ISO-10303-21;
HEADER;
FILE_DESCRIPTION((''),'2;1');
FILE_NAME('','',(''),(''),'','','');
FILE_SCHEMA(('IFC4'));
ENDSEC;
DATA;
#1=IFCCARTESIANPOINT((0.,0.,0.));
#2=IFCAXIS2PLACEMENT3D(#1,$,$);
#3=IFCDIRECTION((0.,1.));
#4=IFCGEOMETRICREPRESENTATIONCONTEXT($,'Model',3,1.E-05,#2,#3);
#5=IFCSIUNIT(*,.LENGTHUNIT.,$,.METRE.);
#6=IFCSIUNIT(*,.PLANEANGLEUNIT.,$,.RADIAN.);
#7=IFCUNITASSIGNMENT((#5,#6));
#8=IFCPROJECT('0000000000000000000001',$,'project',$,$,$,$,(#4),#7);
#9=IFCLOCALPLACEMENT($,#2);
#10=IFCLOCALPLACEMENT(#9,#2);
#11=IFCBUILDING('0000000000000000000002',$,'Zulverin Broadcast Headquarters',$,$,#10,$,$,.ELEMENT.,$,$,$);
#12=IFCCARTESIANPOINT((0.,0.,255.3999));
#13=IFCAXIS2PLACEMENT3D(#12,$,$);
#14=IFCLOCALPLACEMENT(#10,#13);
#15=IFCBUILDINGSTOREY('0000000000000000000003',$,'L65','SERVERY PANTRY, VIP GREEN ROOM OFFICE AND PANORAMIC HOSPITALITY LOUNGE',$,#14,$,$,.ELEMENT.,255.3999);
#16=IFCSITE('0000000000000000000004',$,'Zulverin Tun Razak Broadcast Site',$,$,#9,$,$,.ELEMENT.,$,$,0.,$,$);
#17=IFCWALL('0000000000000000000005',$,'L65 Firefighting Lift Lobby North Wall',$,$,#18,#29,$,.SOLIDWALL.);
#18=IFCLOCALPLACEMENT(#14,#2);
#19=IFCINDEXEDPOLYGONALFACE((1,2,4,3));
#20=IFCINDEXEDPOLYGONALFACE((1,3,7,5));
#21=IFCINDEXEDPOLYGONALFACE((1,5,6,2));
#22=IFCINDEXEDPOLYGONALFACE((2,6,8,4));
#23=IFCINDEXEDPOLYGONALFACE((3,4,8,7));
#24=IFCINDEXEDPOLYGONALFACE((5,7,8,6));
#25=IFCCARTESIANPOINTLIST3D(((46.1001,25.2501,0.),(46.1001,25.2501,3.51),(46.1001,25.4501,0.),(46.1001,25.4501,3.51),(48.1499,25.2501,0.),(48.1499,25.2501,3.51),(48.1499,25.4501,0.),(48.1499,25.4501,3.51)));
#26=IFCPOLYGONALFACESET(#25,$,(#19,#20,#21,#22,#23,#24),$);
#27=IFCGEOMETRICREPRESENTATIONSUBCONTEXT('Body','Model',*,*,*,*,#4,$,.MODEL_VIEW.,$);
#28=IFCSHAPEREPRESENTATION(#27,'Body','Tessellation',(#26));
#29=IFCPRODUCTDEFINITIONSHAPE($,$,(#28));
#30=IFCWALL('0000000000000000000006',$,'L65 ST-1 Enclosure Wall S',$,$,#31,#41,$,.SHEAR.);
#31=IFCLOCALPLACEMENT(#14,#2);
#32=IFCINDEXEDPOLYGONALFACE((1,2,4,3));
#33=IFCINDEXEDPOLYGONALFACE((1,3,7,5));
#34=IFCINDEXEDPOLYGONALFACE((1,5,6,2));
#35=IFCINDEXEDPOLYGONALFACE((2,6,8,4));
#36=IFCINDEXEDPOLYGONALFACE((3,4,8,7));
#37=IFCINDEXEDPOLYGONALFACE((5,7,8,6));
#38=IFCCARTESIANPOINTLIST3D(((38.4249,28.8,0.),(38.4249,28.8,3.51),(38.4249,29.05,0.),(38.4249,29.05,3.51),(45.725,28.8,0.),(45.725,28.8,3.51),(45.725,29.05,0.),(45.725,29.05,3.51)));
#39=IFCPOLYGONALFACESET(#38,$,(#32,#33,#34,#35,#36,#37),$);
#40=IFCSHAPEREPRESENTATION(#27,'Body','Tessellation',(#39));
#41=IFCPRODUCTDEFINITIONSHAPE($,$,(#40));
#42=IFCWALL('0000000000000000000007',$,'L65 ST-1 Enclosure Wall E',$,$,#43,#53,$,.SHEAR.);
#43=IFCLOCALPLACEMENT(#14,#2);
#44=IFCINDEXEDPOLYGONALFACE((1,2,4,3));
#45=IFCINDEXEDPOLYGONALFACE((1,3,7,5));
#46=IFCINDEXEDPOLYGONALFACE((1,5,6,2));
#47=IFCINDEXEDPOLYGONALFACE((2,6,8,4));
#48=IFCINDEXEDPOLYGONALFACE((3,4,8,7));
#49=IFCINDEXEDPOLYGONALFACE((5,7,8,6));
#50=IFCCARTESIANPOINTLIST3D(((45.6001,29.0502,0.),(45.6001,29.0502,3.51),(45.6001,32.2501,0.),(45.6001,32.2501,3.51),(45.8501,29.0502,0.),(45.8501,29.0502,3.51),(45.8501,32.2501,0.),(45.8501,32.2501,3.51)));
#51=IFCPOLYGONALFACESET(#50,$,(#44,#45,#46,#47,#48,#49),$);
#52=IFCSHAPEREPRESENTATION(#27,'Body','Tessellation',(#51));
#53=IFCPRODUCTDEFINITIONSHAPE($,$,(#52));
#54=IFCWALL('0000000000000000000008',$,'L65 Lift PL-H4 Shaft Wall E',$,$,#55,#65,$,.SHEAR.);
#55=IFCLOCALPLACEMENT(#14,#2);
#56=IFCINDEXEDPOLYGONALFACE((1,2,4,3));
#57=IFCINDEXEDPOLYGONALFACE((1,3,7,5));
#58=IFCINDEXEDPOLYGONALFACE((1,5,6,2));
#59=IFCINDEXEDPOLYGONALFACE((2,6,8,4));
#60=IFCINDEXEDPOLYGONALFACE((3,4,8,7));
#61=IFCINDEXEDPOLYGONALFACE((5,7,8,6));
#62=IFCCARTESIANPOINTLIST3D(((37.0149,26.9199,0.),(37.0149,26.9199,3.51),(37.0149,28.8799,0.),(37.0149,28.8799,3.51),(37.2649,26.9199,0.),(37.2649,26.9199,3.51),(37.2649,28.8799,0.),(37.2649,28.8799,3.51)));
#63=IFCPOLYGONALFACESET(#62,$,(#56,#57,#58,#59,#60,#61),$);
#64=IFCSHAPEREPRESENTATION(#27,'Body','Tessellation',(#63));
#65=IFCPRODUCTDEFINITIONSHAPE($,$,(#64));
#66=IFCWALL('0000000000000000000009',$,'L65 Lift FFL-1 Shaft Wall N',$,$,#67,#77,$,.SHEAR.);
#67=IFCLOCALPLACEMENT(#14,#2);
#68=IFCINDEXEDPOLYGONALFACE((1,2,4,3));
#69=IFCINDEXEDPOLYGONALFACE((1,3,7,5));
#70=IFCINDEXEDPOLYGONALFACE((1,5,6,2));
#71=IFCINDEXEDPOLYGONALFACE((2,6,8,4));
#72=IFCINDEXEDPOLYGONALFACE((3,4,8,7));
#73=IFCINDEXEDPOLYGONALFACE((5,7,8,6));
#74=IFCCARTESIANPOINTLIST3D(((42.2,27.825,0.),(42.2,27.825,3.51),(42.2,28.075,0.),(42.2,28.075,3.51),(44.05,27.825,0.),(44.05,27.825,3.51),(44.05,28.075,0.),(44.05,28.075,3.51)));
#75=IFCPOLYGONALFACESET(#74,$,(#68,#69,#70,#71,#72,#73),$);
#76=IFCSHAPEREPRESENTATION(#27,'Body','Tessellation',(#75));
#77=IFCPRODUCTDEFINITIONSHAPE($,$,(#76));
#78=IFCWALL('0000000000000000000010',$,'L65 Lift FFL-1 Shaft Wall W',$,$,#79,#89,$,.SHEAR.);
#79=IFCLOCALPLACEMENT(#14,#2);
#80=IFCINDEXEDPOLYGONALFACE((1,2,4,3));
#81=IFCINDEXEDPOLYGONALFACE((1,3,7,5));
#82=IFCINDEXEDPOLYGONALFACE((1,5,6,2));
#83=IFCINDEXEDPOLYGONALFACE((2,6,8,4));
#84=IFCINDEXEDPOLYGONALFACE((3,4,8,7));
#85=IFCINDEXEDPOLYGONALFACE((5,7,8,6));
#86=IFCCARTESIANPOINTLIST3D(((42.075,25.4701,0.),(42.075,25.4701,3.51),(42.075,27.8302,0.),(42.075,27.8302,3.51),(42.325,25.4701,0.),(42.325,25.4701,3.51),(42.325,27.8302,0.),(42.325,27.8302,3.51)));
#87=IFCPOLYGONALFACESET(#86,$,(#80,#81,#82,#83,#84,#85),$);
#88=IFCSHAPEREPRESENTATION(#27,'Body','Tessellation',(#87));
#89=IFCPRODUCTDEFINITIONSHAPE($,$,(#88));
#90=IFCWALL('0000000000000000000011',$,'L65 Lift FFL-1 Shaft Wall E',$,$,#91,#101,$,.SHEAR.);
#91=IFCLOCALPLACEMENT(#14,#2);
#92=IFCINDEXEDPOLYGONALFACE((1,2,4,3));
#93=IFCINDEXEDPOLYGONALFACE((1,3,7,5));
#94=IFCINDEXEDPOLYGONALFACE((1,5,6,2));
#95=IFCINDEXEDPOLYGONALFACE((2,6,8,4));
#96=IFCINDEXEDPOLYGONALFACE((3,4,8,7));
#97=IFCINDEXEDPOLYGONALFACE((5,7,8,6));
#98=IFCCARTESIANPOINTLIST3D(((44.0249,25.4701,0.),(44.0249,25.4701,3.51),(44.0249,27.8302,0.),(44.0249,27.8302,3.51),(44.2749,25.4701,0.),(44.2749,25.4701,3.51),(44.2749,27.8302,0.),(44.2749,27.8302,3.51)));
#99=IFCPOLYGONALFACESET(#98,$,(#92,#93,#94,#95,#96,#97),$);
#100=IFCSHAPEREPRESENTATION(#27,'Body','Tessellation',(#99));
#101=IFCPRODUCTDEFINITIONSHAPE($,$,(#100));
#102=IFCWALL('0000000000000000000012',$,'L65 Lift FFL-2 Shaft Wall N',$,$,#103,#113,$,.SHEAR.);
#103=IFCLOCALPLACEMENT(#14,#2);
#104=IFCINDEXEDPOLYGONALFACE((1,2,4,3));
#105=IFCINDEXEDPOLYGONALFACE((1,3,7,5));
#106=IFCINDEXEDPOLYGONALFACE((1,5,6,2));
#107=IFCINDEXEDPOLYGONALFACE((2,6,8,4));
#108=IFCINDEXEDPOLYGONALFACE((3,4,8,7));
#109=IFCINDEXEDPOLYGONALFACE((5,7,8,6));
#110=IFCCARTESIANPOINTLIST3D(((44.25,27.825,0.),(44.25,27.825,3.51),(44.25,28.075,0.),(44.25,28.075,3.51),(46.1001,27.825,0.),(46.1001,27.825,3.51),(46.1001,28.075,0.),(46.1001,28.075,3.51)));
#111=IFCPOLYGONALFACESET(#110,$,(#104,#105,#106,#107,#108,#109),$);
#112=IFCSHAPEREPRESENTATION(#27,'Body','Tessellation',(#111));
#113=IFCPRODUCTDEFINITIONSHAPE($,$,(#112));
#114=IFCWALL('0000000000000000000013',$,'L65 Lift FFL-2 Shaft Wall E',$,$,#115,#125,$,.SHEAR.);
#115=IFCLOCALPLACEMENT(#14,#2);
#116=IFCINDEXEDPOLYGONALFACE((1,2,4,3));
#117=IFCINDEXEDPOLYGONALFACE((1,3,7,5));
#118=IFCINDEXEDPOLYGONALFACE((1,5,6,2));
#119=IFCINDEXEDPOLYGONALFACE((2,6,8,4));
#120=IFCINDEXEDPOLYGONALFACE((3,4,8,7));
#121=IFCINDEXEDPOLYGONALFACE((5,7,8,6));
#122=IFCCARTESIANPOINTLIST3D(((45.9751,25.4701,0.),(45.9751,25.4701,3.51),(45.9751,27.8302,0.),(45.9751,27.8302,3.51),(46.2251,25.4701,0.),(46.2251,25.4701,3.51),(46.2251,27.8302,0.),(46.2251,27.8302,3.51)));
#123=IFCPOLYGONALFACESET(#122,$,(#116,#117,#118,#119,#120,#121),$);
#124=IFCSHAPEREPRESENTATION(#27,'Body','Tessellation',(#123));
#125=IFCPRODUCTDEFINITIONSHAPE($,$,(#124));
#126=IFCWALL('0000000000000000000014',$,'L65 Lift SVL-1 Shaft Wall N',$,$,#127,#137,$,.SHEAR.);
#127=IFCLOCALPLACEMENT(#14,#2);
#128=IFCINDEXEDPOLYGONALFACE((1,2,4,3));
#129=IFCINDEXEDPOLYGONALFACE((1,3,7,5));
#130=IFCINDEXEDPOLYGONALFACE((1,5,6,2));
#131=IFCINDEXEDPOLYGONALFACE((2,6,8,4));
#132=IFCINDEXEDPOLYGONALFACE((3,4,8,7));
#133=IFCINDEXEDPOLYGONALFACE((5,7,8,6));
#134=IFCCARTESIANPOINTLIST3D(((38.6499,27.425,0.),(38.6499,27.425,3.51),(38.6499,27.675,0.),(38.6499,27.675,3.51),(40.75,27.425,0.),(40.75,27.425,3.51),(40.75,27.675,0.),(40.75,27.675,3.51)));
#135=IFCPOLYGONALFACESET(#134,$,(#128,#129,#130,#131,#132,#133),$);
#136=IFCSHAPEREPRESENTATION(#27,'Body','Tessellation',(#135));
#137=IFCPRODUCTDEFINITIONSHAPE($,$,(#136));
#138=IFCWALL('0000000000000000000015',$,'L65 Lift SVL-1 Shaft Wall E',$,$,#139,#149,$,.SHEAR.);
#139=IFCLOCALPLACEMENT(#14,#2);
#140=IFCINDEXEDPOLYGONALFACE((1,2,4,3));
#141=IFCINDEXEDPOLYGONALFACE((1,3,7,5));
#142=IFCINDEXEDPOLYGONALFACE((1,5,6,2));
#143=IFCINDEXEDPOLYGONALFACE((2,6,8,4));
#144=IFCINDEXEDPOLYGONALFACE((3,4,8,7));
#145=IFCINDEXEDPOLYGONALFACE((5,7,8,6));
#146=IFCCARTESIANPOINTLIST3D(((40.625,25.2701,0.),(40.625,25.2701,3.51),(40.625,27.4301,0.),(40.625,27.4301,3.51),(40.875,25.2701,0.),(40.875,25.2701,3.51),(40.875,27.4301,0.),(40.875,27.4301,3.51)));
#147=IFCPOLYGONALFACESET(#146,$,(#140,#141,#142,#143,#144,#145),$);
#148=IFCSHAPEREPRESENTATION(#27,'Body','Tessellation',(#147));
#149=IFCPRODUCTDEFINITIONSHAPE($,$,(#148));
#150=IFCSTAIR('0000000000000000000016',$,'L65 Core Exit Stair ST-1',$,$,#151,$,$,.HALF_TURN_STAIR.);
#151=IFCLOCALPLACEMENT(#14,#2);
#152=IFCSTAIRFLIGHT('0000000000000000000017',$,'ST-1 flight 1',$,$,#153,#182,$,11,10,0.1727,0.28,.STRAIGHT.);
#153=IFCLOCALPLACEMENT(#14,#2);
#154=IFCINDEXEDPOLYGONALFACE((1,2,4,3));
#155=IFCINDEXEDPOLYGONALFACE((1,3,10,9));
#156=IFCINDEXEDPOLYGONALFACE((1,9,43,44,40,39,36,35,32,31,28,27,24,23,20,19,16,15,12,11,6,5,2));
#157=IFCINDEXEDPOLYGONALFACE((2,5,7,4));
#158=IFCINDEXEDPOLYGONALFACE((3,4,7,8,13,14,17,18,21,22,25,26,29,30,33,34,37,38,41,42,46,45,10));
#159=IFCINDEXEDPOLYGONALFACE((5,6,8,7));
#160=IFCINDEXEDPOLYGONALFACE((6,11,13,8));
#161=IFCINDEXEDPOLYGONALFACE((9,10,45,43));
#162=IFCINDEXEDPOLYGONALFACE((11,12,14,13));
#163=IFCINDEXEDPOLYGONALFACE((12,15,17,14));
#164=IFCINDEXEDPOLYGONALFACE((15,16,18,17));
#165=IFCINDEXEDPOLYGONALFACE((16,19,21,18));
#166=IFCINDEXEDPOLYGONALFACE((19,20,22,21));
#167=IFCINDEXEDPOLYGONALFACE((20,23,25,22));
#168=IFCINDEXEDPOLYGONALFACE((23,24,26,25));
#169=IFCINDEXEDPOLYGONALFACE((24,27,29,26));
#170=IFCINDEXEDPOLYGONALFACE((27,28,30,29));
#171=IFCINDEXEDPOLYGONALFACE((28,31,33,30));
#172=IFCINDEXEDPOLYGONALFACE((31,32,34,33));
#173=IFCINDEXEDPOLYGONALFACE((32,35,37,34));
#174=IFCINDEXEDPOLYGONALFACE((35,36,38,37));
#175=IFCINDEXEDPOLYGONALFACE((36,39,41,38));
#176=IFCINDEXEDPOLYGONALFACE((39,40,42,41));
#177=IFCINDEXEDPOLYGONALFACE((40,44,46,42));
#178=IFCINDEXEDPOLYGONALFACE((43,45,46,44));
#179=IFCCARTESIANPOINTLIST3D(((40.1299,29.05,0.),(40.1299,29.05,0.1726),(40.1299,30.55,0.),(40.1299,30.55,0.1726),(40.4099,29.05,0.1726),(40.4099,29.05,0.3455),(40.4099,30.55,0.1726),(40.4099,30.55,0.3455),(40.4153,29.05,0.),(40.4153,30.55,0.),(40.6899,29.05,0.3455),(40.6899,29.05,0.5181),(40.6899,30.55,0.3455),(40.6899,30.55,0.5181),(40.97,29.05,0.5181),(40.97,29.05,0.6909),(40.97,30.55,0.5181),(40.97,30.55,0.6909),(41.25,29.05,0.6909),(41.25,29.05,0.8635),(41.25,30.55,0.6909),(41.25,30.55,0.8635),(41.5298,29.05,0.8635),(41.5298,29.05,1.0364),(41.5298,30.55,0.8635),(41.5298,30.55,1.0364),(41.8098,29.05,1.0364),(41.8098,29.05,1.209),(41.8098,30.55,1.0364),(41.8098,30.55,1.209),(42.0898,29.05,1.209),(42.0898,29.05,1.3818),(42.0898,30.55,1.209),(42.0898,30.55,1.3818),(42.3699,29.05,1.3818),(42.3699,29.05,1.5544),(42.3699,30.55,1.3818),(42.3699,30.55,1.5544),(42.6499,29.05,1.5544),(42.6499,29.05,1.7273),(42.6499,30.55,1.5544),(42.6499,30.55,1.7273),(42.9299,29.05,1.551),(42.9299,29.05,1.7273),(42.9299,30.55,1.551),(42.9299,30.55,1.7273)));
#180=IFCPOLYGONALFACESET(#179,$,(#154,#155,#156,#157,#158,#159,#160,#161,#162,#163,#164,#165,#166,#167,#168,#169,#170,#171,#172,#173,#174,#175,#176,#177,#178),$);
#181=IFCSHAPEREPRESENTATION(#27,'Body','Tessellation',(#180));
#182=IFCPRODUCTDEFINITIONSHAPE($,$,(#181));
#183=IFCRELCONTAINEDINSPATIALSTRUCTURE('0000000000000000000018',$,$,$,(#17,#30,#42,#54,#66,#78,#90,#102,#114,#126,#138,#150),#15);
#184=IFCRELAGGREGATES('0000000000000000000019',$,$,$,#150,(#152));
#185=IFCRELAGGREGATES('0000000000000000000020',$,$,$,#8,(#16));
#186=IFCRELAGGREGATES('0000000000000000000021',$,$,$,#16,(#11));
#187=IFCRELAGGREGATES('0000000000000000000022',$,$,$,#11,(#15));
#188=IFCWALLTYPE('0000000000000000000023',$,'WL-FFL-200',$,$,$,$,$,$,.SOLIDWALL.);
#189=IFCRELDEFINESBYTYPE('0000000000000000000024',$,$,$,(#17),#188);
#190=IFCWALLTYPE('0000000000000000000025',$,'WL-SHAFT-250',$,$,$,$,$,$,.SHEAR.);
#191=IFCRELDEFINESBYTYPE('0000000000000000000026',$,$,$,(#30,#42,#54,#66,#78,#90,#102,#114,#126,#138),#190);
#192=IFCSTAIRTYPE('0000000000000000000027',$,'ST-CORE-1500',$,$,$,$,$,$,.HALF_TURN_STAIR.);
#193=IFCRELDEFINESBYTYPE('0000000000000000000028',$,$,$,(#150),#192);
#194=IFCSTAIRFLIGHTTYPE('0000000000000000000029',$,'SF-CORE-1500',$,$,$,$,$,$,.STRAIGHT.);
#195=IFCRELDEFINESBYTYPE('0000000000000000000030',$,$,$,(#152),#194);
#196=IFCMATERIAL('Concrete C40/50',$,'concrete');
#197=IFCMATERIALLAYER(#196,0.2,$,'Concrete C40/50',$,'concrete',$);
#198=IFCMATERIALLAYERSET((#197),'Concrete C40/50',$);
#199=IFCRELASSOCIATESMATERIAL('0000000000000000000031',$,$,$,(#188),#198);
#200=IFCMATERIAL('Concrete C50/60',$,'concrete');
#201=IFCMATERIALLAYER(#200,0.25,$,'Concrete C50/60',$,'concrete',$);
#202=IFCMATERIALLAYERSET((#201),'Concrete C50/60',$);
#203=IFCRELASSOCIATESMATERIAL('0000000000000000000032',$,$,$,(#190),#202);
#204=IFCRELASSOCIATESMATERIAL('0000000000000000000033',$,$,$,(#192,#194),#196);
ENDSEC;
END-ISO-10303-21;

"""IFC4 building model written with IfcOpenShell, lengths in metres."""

from ifc_helpers import new_model, si_unit, direction, frame, frame_2d, origin, place, context, subcontext, project, spatial, polyline, rectangle, outline, extrude, material, layer, layer_set, type_object, element, aggregate, save


model = new_model("IFC4")

# Units and contexts
model_context = context("Model", 3, precision=1e-05, world=origin(), true_north=direction((0.0, 1.0)))
body_context = subcontext(model_context, "Body", "Model", "MODEL_VIEW")
ifc_project = project(units=[si_unit("LENGTHUNIT", "METRE"), si_unit("PLANEANGLEUNIT", "RADIAN")], contexts=[model_context])

# Site, building, storey
site_placement = place(None, origin())
site = spatial("IfcSite", under=ifc_project, at=site_placement, Name="Zulverin Tun Razak Broadcast Site", CompositionType="ELEMENT", RefElevation=0.0)
building_placement = place(site_placement, origin())
building = spatial("IfcBuilding", under=site, at=building_placement, Name="Zulverin Broadcast Headquarters", CompositionType="ELEMENT")
storey_placement = place(building_placement, frame((0.0, 0.0, 255.3999)))
storey = spatial("IfcBuildingStorey", under=building, at=storey_placement, Name="L65", Description="SERVERY PANTRY, VIP GREEN ROOM OFFICE AND PANORAMIC HOSPITALITY LOUNGE", CompositionType="ELEMENT", Elevation=255.3999)

# Walls
ifc_material_1 = material(Name="Concrete C40/50", Category="concrete")
ifc_layer_1 = layer(ifc_material_1, 0.2, Name="Concrete C40/50", Category="concrete")
ifc_layer_set_1 = layer_set([ifc_layer_1], Name="Concrete C40/50")
wall_type_1 = type_object("IfcWallType", Name="WL-FFL-200", PredefinedType="SOLIDWALL", material=ifc_layer_set_1)
wall_1_placement = place(storey_placement, frame((46.1001, 25.3501, 0.0), z_axis=(0.0, 0.0, 1.0), x_axis=(1.0, 0.0, 0.0)))
element("IfcWall", 1, at=wall_1_placement, inside=storey, type_object=wall_type_1, Name="L65 Firefighting Lift Lobby North Wall", PredefinedType="SOLIDWALL", context=body_context, shape_type="SweptSolid", body=[
    extrude(rectangle(XDim=2.0498, YDim=0.2, at=frame_2d((1.0249, 0.0))), origin(), (0.0, 0.0, 1.0), 3.51),
])
ifc_material_2 = material(Name="Concrete C50/60", Category="concrete")
ifc_layer_2 = layer(ifc_material_2, 0.25, Name="Concrete C50/60", Category="concrete")
ifc_layer_set_2 = layer_set([ifc_layer_2], Name="Concrete C50/60")
wall_type_2 = type_object("IfcWallType", Name="WL-SHAFT-250", PredefinedType="SHEAR", material=ifc_layer_set_2)
wall_2_placement = place(storey_placement, frame((38.425, 28.925, 0.0), z_axis=(0.0, 0.0, 1.0), x_axis=(1.0, 0.0, 0.0)))
element("IfcWall", 2, at=wall_2_placement, inside=storey, type_object=wall_type_2, Name="L65 ST-1 Enclosure Wall S", PredefinedType="SHEAR", context=body_context, shape_type="SweptSolid", body=[
    extrude(rectangle(XDim=7.3, YDim=0.25, at=frame_2d((3.6499, 0.0))), origin(), (0.0, 0.0, 1.0), 3.51),
])

# Walls
wall_3_placement = place(storey_placement, frame((45.7251, 29.05, 0.0), z_axis=(0.0, 0.0, 1.0), x_axis=(0.0, 1.0, 0.0)))
element("IfcWall", 3, at=wall_3_placement, inside=storey, type_object=wall_type_2, Name="L65 ST-1 Enclosure Wall E", PredefinedType="SHEAR", context=body_context, shape_type="SweptSolid", body=[
    extrude(rectangle(XDim=3.2, YDim=0.25, at=frame_2d((1.6001, 0.0))), origin(), (0.0, 0.0, 1.0), 3.51),
])
wall_4_placement = place(storey_placement, frame((37.1399, 26.9199, 0.0), z_axis=(0.0, 0.0, 1.0), x_axis=(0.0, 1.0, 0.0)))
element("IfcWall", 4, at=wall_4_placement, inside=storey, type_object=wall_type_2, Name="L65 Lift PL-H4 Shaft Wall E", PredefinedType="SHEAR", context=body_context, shape_type="SweptSolid", body=[
    extrude(rectangle(XDim=1.96, YDim=0.25, at=frame_2d((0.98, 0.0))), origin(), (0.0, 0.0, 1.0), 3.51),
])

# Walls
wall_5_placement = place(storey_placement, frame((42.2, 27.95, 0.0), z_axis=(0.0, 0.0, 1.0), x_axis=(1.0, 0.0, 0.0)))
element("IfcWall", 5, at=wall_5_placement, inside=storey, type_object=wall_type_2, Name="L65 Lift FFL-1 Shaft Wall N", PredefinedType="SHEAR", context=body_context, shape_type="SweptSolid", body=[
    extrude(rectangle(XDim=1.8501, YDim=0.25, at=frame_2d((0.925, 0.0))), origin(), (0.0, 0.0, 1.0), 3.51),
])
for number, where, z_axis, x_axis, name in (
    (6, (42.2, 25.47, 0.0), (0.0, 0.0, 1.0), (0.0, 1.0, 0.0), "L65 Lift FFL-1 Shaft Wall W"),
    (7, (44.1499, 25.47, 0.0), (0.0, 0.0, 1.0), (0.0, 1.0, 0.0), "L65 Lift FFL-1 Shaft Wall E"),
):
    element("IfcWall", number, at=place(storey_placement, frame(where, z_axis=z_axis, x_axis=x_axis)), inside=storey, type_object=wall_type_2, Name=name, PredefinedType="SHEAR", context=body_context, shape_type="SweptSolid", body=[
        extrude(rectangle(XDim=2.3601, YDim=0.25, at=frame_2d((1.1802, 0.0))), origin(), (0.0, 0.0, 1.0), 3.51),
    ])

# Walls
wall_6_placement = place(storey_placement, frame((44.25, 27.95, 0.0), z_axis=(0.0, 0.0, 1.0), x_axis=(1.0, 0.0, 0.0)))
element("IfcWall", 8, at=wall_6_placement, inside=storey, type_object=wall_type_2, Name="L65 Lift FFL-2 Shaft Wall N", PredefinedType="SHEAR", context=body_context, shape_type="SweptSolid", body=[
    extrude(rectangle(XDim=1.8501, YDim=0.25, at=frame_2d((0.925, 0.0))), origin(), (0.0, 0.0, 1.0), 3.51),
])
wall_7_placement = place(storey_placement, frame((46.1001, 25.47, 0.0), z_axis=(0.0, 0.0, 1.0), x_axis=(0.0, 1.0, 0.0)))
element("IfcWall", 9, at=wall_7_placement, inside=storey, type_object=wall_type_2, Name="L65 Lift FFL-2 Shaft Wall E", PredefinedType="SHEAR", context=body_context, shape_type="SweptSolid", body=[
    extrude(rectangle(XDim=2.3601, YDim=0.25, at=frame_2d((1.1802, 0.0))), origin(), (0.0, 0.0, 1.0), 3.51),
])
wall_8_placement = place(storey_placement, frame((38.6499, 27.55, 0.0), z_axis=(0.0, 0.0, 1.0), x_axis=(1.0, 0.0, 0.0)))
element("IfcWall", 10, at=wall_8_placement, inside=storey, type_object=wall_type_2, Name="L65 Lift SVL-1 Shaft Wall N", PredefinedType="SHEAR", context=body_context, shape_type="SweptSolid", body=[
    extrude(rectangle(XDim=2.1001, YDim=0.25, at=frame_2d((1.05, 0.0))), origin(), (0.0, 0.0, 1.0), 3.51),
])
wall_9_placement = place(storey_placement, frame((40.75, 25.27, 0.0), z_axis=(0.0, 0.0, 1.0), x_axis=(0.0, 1.0, 0.0)))
element("IfcWall", 11, at=wall_9_placement, inside=storey, type_object=wall_type_2, Name="L65 Lift SVL-1 Shaft Wall E", PredefinedType="SHEAR", context=body_context, shape_type="SweptSolid", body=[
    extrude(rectangle(XDim=2.1599, YDim=0.25, at=frame_2d((1.0801, 0.0))), origin(), (0.0, 0.0, 1.0), 3.51),
])

# Stair, stair flight
stair_type = type_object("IfcStairType", Name="ST-CORE-1500", PredefinedType="HALF_TURN_STAIR", material=ifc_material_1)
stair_placement = place(storey_placement, origin())
stair = element("IfcStair", 12, at=stair_placement, inside=storey, type_object=stair_type, Name="L65 Core Exit Stair ST-1", PredefinedType="HALF_TURN_STAIR")
stair_flight_type = type_object("IfcStairFlightType", Name="SF-CORE-1500", PredefinedType="STRAIGHT", material=ifc_material_1)
stair_flight_placement = place(storey_placement, frame((40.1299, 29.8, 0.0), z_axis=(0.0, 0.0, 1.0), x_axis=(1.0, 0.0, 0.0)))
stair_flight = element("IfcStairFlight", 13, at=stair_flight_placement, type_object=stair_flight_type, Name="ST-1 flight 1", NumberOfRisers=11, NumberOfTreads=10, PredefinedType="STRAIGHT", RiserHeight=0.1727, TreadLength=0.28, context=body_context, shape_type="SweptSolid", body=[
    extrude(outline(polyline([(0.0, 0.0), (0.0, 0.1726), (0.28, 0.1726), (0.28, 0.3455), (0.5601, 0.3455), (0.5601, 0.5181), (0.8401, 0.5181), (0.8401, 0.6909), (1.1201, 0.6909), (1.1201, 0.8635), (1.3999, 0.8635), (1.3999, 1.0364), (1.6799, 1.0364), (1.6799, 1.209), (1.96, 1.209), (1.96, 1.3818), (2.24, 1.3818), (2.24, 1.5544), (2.52, 1.5544), (2.52, 1.7273), (2.8, 1.7273), (2.8, 1.8999), (2.8, 1.551), (0.2854, 0.0), (0.0, 0.0)])), frame((0.0, 0.75, 0.0), z_axis=(0.0, -1.0, 0.0), x_axis=(1.0, 0.0, 0.0)), (0.0, 0.0, 1.0), 1.5),
])
aggregate(stair, [stair_flight])

save(model, "model.ifc")
